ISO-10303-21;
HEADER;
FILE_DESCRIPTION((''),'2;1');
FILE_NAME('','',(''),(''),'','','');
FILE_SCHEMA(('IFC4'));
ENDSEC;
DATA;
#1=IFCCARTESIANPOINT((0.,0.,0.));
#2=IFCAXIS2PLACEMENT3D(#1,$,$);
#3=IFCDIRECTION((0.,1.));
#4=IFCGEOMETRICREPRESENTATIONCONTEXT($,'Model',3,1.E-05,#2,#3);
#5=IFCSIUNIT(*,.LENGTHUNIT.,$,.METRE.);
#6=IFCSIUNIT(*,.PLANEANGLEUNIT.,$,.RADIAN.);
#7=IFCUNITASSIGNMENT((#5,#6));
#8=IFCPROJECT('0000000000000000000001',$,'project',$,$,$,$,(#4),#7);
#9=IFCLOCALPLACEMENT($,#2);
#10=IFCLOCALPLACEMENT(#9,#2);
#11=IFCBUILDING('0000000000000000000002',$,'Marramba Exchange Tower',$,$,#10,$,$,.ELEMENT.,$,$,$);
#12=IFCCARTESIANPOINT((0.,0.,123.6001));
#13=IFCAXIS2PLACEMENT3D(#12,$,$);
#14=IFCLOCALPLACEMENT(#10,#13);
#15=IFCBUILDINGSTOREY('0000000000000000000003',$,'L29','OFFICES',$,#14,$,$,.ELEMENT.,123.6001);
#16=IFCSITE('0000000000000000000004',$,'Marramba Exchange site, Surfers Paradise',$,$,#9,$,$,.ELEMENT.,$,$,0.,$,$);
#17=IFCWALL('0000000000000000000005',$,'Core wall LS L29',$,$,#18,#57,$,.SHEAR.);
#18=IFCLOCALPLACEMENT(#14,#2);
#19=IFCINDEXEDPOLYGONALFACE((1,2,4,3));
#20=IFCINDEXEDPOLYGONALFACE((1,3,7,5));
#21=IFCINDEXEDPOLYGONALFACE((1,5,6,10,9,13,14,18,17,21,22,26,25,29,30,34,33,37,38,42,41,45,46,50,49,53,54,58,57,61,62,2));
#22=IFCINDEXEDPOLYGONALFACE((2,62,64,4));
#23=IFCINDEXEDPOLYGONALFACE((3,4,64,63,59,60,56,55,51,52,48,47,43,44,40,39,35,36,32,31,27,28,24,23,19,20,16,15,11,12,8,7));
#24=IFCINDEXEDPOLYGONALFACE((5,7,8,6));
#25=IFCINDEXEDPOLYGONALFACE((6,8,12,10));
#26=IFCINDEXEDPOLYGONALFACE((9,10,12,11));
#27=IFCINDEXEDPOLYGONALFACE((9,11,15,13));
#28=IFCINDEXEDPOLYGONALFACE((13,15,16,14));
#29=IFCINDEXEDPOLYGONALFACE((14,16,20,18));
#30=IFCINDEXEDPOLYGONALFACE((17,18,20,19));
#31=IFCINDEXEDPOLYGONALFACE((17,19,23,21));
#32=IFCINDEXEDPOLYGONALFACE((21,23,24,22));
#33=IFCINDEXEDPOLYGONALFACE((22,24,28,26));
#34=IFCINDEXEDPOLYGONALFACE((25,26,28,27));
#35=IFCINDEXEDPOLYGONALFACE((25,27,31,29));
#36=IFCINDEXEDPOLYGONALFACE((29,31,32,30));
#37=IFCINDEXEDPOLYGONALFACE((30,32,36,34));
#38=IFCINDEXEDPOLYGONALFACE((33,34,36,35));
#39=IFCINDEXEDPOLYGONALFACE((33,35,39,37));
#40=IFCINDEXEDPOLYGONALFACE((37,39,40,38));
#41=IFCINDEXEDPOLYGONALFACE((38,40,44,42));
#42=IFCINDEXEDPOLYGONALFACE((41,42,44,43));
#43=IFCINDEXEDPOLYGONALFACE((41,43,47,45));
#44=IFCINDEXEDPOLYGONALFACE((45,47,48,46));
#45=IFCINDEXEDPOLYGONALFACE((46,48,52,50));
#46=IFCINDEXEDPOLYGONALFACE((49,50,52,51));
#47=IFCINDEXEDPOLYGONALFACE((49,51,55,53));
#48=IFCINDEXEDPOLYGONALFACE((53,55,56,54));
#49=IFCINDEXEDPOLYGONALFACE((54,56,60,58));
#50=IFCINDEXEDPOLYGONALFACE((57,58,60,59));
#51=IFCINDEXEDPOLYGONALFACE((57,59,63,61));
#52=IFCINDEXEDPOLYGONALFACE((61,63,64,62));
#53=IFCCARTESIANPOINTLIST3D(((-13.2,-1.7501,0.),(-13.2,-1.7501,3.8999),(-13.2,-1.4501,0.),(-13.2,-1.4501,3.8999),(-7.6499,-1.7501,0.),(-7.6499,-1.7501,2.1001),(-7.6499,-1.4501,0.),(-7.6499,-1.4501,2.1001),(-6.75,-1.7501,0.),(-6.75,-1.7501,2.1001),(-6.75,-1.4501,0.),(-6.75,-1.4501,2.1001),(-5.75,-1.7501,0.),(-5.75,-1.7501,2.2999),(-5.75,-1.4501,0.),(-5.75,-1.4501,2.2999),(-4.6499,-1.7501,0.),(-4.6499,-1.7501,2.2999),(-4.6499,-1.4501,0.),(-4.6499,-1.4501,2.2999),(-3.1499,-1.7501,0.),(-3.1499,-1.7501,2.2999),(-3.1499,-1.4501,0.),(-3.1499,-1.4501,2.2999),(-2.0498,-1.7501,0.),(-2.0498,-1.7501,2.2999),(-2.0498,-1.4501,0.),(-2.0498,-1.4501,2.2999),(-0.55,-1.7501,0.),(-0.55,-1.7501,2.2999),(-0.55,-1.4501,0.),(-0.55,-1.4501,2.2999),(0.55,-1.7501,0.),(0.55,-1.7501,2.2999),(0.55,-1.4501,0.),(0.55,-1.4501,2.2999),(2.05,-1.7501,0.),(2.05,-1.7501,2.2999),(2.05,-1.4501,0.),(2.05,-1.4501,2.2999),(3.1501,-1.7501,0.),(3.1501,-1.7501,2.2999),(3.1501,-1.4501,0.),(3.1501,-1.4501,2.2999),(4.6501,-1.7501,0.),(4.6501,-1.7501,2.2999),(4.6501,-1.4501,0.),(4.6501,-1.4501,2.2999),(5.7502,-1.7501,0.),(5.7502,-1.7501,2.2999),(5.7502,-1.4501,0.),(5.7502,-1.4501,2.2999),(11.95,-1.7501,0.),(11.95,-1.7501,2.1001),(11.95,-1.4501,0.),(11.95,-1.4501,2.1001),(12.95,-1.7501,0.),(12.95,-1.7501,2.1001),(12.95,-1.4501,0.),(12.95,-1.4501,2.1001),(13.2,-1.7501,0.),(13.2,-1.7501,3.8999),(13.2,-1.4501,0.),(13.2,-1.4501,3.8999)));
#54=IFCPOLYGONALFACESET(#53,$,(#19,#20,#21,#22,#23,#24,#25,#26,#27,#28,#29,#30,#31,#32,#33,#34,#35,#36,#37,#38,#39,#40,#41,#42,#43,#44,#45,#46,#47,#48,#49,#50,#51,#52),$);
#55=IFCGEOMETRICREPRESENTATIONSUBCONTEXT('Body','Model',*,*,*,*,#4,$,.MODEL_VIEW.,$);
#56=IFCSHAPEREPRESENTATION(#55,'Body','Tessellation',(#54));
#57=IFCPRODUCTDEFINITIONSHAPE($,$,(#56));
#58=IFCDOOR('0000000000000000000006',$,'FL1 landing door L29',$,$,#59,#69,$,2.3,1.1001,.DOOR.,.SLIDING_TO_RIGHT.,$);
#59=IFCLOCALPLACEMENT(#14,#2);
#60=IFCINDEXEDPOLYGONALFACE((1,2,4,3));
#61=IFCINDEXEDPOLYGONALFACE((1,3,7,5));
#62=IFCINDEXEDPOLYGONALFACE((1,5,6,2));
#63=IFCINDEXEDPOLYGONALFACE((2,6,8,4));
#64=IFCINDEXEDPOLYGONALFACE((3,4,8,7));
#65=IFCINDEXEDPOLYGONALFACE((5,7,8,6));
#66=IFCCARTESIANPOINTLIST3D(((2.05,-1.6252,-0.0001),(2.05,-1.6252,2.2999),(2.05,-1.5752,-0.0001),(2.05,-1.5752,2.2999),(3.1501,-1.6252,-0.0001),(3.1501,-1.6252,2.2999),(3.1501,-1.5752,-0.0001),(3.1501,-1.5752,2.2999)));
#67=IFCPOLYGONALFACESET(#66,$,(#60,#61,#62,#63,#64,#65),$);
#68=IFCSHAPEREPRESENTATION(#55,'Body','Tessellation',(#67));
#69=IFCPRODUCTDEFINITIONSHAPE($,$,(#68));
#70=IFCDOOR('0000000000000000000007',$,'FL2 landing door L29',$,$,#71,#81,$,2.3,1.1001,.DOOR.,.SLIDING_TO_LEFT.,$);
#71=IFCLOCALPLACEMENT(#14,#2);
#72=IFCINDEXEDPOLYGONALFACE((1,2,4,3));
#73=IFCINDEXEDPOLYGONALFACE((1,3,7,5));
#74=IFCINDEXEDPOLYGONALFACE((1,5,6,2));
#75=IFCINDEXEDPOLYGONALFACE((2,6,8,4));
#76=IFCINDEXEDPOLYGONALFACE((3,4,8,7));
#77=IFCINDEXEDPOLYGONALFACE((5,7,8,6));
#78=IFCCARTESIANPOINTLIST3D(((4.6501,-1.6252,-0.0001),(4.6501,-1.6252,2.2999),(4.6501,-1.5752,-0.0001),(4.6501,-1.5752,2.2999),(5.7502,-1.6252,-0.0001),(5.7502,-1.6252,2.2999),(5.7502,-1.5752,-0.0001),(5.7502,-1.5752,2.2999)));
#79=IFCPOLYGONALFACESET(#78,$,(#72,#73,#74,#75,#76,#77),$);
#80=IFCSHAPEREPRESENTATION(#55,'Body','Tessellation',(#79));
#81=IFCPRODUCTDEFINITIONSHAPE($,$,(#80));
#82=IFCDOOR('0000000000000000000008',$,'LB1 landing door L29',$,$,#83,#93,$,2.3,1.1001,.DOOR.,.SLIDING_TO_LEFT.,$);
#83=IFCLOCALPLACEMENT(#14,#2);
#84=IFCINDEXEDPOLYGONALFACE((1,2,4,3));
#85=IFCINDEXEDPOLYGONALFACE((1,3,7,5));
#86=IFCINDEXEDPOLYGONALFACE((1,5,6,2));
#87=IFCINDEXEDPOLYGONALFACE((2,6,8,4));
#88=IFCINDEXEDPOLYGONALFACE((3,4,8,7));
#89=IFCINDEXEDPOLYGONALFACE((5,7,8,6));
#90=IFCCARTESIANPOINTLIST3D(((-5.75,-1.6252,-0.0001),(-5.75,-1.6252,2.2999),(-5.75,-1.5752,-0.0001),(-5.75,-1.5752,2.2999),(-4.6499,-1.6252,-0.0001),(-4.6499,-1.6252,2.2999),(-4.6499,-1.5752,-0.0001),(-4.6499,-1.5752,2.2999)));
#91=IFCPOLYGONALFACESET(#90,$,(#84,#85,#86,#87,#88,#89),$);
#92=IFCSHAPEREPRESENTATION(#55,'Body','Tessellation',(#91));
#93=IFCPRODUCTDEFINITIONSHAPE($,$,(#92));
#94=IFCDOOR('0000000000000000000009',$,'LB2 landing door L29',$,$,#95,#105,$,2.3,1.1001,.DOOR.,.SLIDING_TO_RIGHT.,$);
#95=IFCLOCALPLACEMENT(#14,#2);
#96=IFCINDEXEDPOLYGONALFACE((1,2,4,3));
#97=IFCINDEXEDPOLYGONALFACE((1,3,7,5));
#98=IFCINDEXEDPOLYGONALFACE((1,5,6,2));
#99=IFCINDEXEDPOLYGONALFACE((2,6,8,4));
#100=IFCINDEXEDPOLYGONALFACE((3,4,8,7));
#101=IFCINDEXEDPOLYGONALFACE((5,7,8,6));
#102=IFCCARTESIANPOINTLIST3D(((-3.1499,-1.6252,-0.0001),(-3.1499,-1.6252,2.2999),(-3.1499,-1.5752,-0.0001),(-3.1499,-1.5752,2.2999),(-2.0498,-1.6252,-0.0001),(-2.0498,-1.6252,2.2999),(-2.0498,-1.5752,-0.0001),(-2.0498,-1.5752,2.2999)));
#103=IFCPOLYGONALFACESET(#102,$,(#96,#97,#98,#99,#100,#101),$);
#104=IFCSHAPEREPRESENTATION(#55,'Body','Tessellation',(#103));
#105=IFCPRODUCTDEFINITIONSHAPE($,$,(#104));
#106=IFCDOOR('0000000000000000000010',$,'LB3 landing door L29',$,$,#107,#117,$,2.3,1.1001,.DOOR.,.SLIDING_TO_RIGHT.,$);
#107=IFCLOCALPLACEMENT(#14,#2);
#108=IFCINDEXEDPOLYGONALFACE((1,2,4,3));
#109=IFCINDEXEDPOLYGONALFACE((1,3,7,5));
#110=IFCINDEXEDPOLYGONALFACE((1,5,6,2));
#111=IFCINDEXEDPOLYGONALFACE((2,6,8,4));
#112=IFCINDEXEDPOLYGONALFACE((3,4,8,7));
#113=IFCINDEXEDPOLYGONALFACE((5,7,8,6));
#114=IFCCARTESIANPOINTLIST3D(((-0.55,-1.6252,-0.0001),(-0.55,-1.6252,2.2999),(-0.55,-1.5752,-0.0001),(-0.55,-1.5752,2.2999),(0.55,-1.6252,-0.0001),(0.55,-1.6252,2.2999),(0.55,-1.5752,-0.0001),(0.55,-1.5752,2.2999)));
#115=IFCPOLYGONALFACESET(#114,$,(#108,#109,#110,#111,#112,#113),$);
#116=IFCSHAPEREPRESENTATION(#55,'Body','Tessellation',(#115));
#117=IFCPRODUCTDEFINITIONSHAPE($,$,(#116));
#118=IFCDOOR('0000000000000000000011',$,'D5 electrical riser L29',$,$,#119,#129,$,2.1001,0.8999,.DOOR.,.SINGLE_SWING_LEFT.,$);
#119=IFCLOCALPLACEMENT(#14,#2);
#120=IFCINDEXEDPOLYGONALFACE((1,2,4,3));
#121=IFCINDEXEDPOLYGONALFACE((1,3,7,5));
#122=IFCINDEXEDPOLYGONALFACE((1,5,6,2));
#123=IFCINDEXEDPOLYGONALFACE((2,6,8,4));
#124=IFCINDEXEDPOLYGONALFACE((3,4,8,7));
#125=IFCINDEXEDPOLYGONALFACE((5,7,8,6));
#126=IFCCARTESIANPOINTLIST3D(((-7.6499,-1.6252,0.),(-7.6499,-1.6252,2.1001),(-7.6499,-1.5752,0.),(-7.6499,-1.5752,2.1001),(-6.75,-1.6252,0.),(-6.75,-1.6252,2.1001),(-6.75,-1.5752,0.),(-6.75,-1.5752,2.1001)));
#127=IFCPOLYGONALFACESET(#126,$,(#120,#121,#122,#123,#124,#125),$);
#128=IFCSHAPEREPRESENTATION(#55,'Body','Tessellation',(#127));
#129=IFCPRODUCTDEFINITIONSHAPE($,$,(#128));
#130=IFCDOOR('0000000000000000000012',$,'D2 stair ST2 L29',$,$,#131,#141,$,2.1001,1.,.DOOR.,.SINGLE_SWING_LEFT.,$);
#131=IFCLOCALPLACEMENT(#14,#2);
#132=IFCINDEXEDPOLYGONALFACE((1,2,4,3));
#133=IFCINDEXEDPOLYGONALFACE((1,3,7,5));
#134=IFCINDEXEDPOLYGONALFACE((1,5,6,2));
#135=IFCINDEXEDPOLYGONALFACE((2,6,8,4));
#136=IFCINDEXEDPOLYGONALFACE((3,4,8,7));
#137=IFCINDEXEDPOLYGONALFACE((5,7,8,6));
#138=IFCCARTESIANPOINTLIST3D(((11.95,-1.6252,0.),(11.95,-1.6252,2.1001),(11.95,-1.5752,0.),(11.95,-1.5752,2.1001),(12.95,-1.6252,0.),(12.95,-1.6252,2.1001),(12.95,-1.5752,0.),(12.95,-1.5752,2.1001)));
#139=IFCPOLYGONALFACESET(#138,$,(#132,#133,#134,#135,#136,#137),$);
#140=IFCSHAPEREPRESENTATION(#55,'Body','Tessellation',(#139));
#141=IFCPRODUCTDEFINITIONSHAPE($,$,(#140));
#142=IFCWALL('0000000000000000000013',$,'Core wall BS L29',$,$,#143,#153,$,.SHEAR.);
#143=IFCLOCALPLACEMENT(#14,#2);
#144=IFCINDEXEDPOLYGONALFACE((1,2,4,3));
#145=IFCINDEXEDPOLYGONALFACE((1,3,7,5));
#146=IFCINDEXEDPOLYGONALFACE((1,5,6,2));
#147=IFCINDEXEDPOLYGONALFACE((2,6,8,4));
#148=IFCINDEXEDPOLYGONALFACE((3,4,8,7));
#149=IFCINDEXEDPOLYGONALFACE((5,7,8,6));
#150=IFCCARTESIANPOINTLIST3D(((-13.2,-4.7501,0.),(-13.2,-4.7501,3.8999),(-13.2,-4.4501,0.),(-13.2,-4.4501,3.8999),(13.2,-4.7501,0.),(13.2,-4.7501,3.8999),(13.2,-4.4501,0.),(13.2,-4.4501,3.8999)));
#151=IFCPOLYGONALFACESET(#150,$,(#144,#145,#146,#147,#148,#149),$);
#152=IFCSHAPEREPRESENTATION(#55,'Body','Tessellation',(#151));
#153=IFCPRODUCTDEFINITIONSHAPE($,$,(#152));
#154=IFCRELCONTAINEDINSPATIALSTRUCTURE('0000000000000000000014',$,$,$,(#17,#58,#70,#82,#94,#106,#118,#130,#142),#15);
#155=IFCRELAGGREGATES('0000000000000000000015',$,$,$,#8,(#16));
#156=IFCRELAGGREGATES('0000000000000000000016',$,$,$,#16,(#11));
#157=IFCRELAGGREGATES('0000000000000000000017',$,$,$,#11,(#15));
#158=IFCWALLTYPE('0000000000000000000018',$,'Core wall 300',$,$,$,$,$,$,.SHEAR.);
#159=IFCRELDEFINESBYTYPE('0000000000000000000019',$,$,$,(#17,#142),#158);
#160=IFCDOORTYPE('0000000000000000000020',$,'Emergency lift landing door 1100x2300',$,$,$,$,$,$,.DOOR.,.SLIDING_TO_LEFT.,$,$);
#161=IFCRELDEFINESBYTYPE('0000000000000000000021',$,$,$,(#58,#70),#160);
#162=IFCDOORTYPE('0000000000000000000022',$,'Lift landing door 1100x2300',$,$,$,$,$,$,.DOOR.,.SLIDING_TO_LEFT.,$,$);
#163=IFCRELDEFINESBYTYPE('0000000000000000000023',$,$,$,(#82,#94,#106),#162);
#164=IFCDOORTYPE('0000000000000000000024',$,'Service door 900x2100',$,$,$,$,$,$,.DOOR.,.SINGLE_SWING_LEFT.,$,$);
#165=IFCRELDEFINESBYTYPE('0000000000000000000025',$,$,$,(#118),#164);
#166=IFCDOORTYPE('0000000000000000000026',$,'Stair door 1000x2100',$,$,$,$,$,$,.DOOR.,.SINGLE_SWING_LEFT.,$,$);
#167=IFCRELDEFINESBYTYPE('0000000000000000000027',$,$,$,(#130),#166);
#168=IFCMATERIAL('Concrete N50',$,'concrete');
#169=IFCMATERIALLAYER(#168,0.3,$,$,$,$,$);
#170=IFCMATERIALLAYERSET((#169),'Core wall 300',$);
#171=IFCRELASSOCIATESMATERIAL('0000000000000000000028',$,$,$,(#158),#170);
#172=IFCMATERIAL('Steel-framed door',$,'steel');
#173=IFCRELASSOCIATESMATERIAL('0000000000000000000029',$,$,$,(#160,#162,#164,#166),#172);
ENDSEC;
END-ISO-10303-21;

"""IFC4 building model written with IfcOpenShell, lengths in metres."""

from ifc_helpers import new_model, si_unit, direction, frame, frame_2d, origin, place, context, subcontext, project, spatial, rectangle, extrude, material, layer, layer_set, type_object, element, fill, save


model = new_model("IFC4")

# Units and contexts
model_context = context("Model", 3, precision=1e-05, world=origin(), true_north=direction((0.0, 1.0)))
body_context = subcontext(model_context, "Body", "Model", "MODEL_VIEW")
ifc_project = project(units=[si_unit("LENGTHUNIT", "METRE"), si_unit("PLANEANGLEUNIT", "RADIAN")], contexts=[model_context])

# Site, building, storey
site_placement = place(None, origin())
site = spatial("IfcSite", under=ifc_project, at=site_placement, Name="Marramba Exchange site, Surfers Paradise", CompositionType="ELEMENT", RefElevation=0.0)
building_placement = place(site_placement, origin())
building = spatial("IfcBuilding", under=site, at=building_placement, Name="Marramba Exchange Tower", CompositionType="ELEMENT")
storey_placement = place(building_placement, frame((0.0, 0.0, 123.6001)))
storey = spatial("IfcBuildingStorey", under=building, at=storey_placement, Name="L29", Description="OFFICES", CompositionType="ELEMENT", Elevation=123.6001)

# Shared definitions
ifc_material_1 = material(Name="Concrete N50", Category="concrete")

# Wall, openings, doors
ifc_layer_1 = layer(ifc_material_1, 0.3)
ifc_layer_set_1 = layer_set([ifc_layer_1], Name="Core wall 300")
wall_type_1 = type_object("IfcWallType", Name="Core wall 300", PredefinedType="SHEAR", material=ifc_layer_set_1)
wall_1_placement = place(storey_placement, frame((-13.2, -1.6001, 0.0), z_axis=(0.0, 0.0, 1.0), x_axis=(1.0, 0.0, 0.0)))
wall_1 = element("IfcWall", 1, at=wall_1_placement, inside=storey, type_object=wall_type_1, Name="Core wall LS L29", PredefinedType="SHEAR", context=body_context, shape_type="SweptSolid", body=[
    extrude(rectangle(XDim=26.3999, YDim=0.3, at=frame_2d((13.2, 0.0))), origin(), (0.0, 0.0, 1.0), 3.8999),
])
opening_1_placement = place(wall_1_placement, frame((25.1499, 0.0, 0.0)))
opening_1 = element("IfcOpeningElement", 2, at=opening_1_placement, cuts=wall_1, PredefinedType="OPENING", context=body_context, shape_type="SweptSolid", body=[
    extrude(rectangle(XDim=1.0, YDim=2.1001, at=frame_2d((0.5, 1.05))), frame((0.0, 0.1599, 0.0), z_axis=(0.0, -1.0, 0.0), x_axis=(1.0, 0.0, 0.0)), (0.0, 0.0, 1.0), 0.3201),
])
opening_2_placement = place(wall_1_placement, frame((7.45, 0.0, 0.0)))
opening_2 = element("IfcOpeningElement", 3, at=opening_2_placement, cuts=wall_1, PredefinedType="OPENING", context=body_context, shape_type="SweptSolid", body=[
    extrude(rectangle(XDim=1.1001, YDim=2.3, at=frame_2d((0.55, 1.1499))), frame((0.0, 0.1599, 0.0), z_axis=(0.0, -1.0, 0.0), x_axis=(1.0, 0.0, 0.0)), (0.0, 0.0, 1.0), 0.3201),
])
opening_3_placement = place(wall_1_placement, frame((10.05, 0.0, 0.0)))
opening_3 = element("IfcOpeningElement", 4, at=opening_3_placement, cuts=wall_1, PredefinedType="OPENING", context=body_context, shape_type="SweptSolid", body=[
    extrude(rectangle(XDim=1.1001, YDim=2.3, at=frame_2d((0.55, 1.1499))), frame((0.0, 0.1599, 0.0), z_axis=(0.0, -1.0, 0.0), x_axis=(1.0, 0.0, 0.0)), (0.0, 0.0, 1.0), 0.3201),
])
opening_4_placement = place(wall_1_placement, frame((12.6499, 0.0, 0.0)))
opening_4 = element("IfcOpeningElement", 5, at=opening_4_placement, cuts=wall_1, PredefinedType="OPENING", context=body_context, shape_type="SweptSolid", body=[
    extrude(rectangle(XDim=1.1001, YDim=2.3, at=frame_2d((0.55, 1.1499))), frame((0.0, 0.1599, 0.0), z_axis=(0.0, -1.0, 0.0), x_axis=(1.0, 0.0, 0.0)), (0.0, 0.0, 1.0), 0.3201),
])
opening_5_placement = place(wall_1_placement, frame((15.25, 0.0, 0.0)))
opening_5 = element("IfcOpeningElement", 6, at=opening_5_placement, cuts=wall_1, PredefinedType="OPENING", context=body_context, shape_type="SweptSolid", body=[
    extrude(rectangle(XDim=1.1001, YDim=2.3, at=frame_2d((0.55, 1.1499))), frame((0.0, 0.1599, 0.0), z_axis=(0.0, -1.0, 0.0), x_axis=(1.0, 0.0, 0.0)), (0.0, 0.0, 1.0), 0.3201),
])
opening_6_placement = place(wall_1_placement, frame((17.8501, 0.0, 0.0)))
opening_6 = element("IfcOpeningElement", 7, at=opening_6_placement, cuts=wall_1, PredefinedType="OPENING", context=body_context, shape_type="SweptSolid", body=[
    extrude(rectangle(XDim=1.1001, YDim=2.3, at=frame_2d((0.55, 1.1499))), frame((0.0, 0.1599, 0.0), z_axis=(0.0, -1.0, 0.0), x_axis=(1.0, 0.0, 0.0)), (0.0, 0.0, 1.0), 0.3201),
])
opening_7_placement = place(wall_1_placement, frame((5.55, 0.0, 0.0)))
opening_7 = element("IfcOpeningElement", 8, at=opening_7_placement, cuts=wall_1, PredefinedType="OPENING", context=body_context, shape_type="SweptSolid", body=[
    extrude(rectangle(XDim=0.8999, YDim=2.1001, at=frame_2d((0.45, 1.05))), frame((0.0, 0.1599, 0.0), z_axis=(0.0, -1.0, 0.0), x_axis=(1.0, 0.0, 0.0)), (0.0, 0.0, 1.0), 0.3201),
])
ifc_material_2 = material(Name="Steel-framed door", Category="steel")
door_type_1 = type_object("IfcDoorType", Name="Emergency lift landing door 1100x2300", OperationType="SLIDING_TO_LEFT", PredefinedType="DOOR", material=ifc_material_2)
door_1_placement = place(opening_5_placement, frame((1.1001, 0.0, 0.0), z_axis=(0.0, 0.0, 1.0), x_axis=(-1.0, 0.0, 0.0)))
door_1 = element("IfcDoor", 9, at=door_1_placement, inside=storey, type_object=door_type_1, Name="FL1 landing door L29", OperationType="SLIDING_TO_RIGHT", OverallHeight=2.3, OverallWidth=1.1001, PredefinedType="DOOR", context=body_context, shape_type="SweptSolid", body=[
    extrude(rectangle(XDim=1.1001, YDim=2.3, at=frame_2d((0.55, 1.1499))), frame((0.0, 0.0251, 0.0), z_axis=(0.0, -1.0, 0.0), x_axis=(1.0, 0.0, 0.0)), (0.0, 0.0, 1.0), 0.05),
])
fill(opening_5, door_1)
door_2_placement = place(opening_6_placement, frame((1.1001, 0.0, 0.0), z_axis=(0.0, 0.0, 1.0), x_axis=(-1.0, 0.0, 0.0)))
door_2 = element("IfcDoor", 10, at=door_2_placement, inside=storey, type_object=door_type_1, Name="FL2 landing door L29", OperationType="SLIDING_TO_LEFT", OverallHeight=2.3, OverallWidth=1.1001, PredefinedType="DOOR", context=body_context, shape_type="SweptSolid", body=[
    extrude(rectangle(XDim=1.1001, YDim=2.3, at=frame_2d((0.55, 1.1499))), frame((0.0, 0.0251, 0.0), z_axis=(0.0, -1.0, 0.0), x_axis=(1.0, 0.0, 0.0)), (0.0, 0.0, 1.0), 0.05),
])
fill(opening_6, door_2)
door_type_2 = type_object("IfcDoorType", Name="Lift landing door 1100x2300", OperationType="SLIDING_TO_LEFT", PredefinedType="DOOR", material=ifc_material_2)
door_3_placement = place(opening_2_placement, frame((1.1001, 0.0, 0.0), z_axis=(0.0, 0.0, 1.0), x_axis=(-1.0, 0.0, 0.0)))
door_3 = element("IfcDoor", 11, at=door_3_placement, inside=storey, type_object=door_type_2, Name="LB1 landing door L29", OperationType="SLIDING_TO_LEFT", OverallHeight=2.3, OverallWidth=1.1001, PredefinedType="DOOR", context=body_context, shape_type="SweptSolid", body=[
    extrude(rectangle(XDim=1.1001, YDim=2.3, at=frame_2d((0.55, 1.1499))), frame((0.0, 0.0251, 0.0), z_axis=(0.0, -1.0, 0.0), x_axis=(1.0, 0.0, 0.0)), (0.0, 0.0, 1.0), 0.05),
])
fill(opening_2, door_3)
door_4_placement = place(opening_3_placement, frame((1.1001, 0.0, 0.0), z_axis=(0.0, 0.0, 1.0), x_axis=(-1.0, 0.0, 0.0)))
door_4 = element("IfcDoor", 12, at=door_4_placement, inside=storey, type_object=door_type_2, Name="LB2 landing door L29", OperationType="SLIDING_TO_RIGHT", OverallHeight=2.3, OverallWidth=1.1001, PredefinedType="DOOR", context=body_context, shape_type="SweptSolid", body=[
    extrude(rectangle(XDim=1.1001, YDim=2.3, at=frame_2d((0.55, 1.1499))), frame((0.0, 0.0251, 0.0), z_axis=(0.0, -1.0, 0.0), x_axis=(1.0, 0.0, 0.0)), (0.0, 0.0, 1.0), 0.05),
])
fill(opening_3, door_4)
door_5_placement = place(opening_4_placement, frame((1.1001, 0.0, 0.0), z_axis=(0.0, 0.0, 1.0), x_axis=(-1.0, 0.0, 0.0)))
door_5 = element("IfcDoor", 13, at=door_5_placement, inside=storey, type_object=door_type_2, Name="LB3 landing door L29", OperationType="SLIDING_TO_RIGHT", OverallHeight=2.3, OverallWidth=1.1001, PredefinedType="DOOR", context=body_context, shape_type="SweptSolid", body=[
    extrude(rectangle(XDim=1.1001, YDim=2.3, at=frame_2d((0.55, 1.1499))), frame((0.0, 0.0251, 0.0), z_axis=(0.0, -1.0, 0.0), x_axis=(1.0, 0.0, 0.0)), (0.0, 0.0, 1.0), 0.05),
])
fill(opening_4, door_5)
door_type_3 = type_object("IfcDoorType", Name="Service door 900x2100", OperationType="SINGLE_SWING_LEFT", PredefinedType="DOOR", material=ifc_material_2)
door_6_placement = place(opening_7_placement, frame((0.8999, 0.0, 0.0), z_axis=(0.0, 0.0, 1.0), x_axis=(-1.0, 0.0, 0.0)))
door_6 = element("IfcDoor", 14, at=door_6_placement, inside=storey, type_object=door_type_3, Name="D5 electrical riser L29", OperationType="SINGLE_SWING_LEFT", OverallHeight=2.1001, OverallWidth=0.8999, PredefinedType="DOOR", context=body_context, shape_type="SweptSolid", body=[
    extrude(rectangle(XDim=0.8999, YDim=2.1001, at=frame_2d((0.45, 1.05))), frame((0.0, 0.0251, 0.0), z_axis=(0.0, -1.0, 0.0), x_axis=(1.0, 0.0, 0.0)), (0.0, 0.0, 1.0), 0.05),
])
fill(opening_7, door_6)
door_type_4 = type_object("IfcDoorType", Name="Stair door 1000x2100", OperationType="SINGLE_SWING_LEFT", PredefinedType="DOOR", material=ifc_material_2)
door_7_placement = place(opening_1_placement, frame((1.0, 0.0, 0.0), z_axis=(0.0, 0.0, 1.0), x_axis=(-1.0, 0.0, 0.0)))
door_7 = element("IfcDoor", 15, at=door_7_placement, inside=storey, type_object=door_type_4, Name="D2 stair ST2 L29", OperationType="SINGLE_SWING_LEFT", OverallHeight=2.1001, OverallWidth=1.0, PredefinedType="DOOR", context=body_context, shape_type="SweptSolid", body=[
    extrude(rectangle(XDim=1.0, YDim=2.1001, at=frame_2d((0.5, 1.05))), frame((0.0, 0.0251, 0.0), z_axis=(0.0, -1.0, 0.0), x_axis=(1.0, 0.0, 0.0)), (0.0, 0.0, 1.0), 0.05),
])
fill(opening_1, door_7)

# Wall
wall_2_placement = place(storey_placement, frame((-13.2, -4.6001, 0.0), z_axis=(0.0, 0.0, 1.0), x_axis=(1.0, 0.0, 0.0)))
element("IfcWall", 16, at=wall_2_placement, inside=storey, type_object=wall_type_1, Name="Core wall BS L29", PredefinedType="SHEAR", context=body_context, shape_type="SweptSolid", body=[
    extrude(rectangle(XDim=26.3999, YDim=0.3, at=frame_2d((13.2, 0.0))), origin(), (0.0, 0.0, 1.0), 3.8999),
])

save(model, "model.ifc")
